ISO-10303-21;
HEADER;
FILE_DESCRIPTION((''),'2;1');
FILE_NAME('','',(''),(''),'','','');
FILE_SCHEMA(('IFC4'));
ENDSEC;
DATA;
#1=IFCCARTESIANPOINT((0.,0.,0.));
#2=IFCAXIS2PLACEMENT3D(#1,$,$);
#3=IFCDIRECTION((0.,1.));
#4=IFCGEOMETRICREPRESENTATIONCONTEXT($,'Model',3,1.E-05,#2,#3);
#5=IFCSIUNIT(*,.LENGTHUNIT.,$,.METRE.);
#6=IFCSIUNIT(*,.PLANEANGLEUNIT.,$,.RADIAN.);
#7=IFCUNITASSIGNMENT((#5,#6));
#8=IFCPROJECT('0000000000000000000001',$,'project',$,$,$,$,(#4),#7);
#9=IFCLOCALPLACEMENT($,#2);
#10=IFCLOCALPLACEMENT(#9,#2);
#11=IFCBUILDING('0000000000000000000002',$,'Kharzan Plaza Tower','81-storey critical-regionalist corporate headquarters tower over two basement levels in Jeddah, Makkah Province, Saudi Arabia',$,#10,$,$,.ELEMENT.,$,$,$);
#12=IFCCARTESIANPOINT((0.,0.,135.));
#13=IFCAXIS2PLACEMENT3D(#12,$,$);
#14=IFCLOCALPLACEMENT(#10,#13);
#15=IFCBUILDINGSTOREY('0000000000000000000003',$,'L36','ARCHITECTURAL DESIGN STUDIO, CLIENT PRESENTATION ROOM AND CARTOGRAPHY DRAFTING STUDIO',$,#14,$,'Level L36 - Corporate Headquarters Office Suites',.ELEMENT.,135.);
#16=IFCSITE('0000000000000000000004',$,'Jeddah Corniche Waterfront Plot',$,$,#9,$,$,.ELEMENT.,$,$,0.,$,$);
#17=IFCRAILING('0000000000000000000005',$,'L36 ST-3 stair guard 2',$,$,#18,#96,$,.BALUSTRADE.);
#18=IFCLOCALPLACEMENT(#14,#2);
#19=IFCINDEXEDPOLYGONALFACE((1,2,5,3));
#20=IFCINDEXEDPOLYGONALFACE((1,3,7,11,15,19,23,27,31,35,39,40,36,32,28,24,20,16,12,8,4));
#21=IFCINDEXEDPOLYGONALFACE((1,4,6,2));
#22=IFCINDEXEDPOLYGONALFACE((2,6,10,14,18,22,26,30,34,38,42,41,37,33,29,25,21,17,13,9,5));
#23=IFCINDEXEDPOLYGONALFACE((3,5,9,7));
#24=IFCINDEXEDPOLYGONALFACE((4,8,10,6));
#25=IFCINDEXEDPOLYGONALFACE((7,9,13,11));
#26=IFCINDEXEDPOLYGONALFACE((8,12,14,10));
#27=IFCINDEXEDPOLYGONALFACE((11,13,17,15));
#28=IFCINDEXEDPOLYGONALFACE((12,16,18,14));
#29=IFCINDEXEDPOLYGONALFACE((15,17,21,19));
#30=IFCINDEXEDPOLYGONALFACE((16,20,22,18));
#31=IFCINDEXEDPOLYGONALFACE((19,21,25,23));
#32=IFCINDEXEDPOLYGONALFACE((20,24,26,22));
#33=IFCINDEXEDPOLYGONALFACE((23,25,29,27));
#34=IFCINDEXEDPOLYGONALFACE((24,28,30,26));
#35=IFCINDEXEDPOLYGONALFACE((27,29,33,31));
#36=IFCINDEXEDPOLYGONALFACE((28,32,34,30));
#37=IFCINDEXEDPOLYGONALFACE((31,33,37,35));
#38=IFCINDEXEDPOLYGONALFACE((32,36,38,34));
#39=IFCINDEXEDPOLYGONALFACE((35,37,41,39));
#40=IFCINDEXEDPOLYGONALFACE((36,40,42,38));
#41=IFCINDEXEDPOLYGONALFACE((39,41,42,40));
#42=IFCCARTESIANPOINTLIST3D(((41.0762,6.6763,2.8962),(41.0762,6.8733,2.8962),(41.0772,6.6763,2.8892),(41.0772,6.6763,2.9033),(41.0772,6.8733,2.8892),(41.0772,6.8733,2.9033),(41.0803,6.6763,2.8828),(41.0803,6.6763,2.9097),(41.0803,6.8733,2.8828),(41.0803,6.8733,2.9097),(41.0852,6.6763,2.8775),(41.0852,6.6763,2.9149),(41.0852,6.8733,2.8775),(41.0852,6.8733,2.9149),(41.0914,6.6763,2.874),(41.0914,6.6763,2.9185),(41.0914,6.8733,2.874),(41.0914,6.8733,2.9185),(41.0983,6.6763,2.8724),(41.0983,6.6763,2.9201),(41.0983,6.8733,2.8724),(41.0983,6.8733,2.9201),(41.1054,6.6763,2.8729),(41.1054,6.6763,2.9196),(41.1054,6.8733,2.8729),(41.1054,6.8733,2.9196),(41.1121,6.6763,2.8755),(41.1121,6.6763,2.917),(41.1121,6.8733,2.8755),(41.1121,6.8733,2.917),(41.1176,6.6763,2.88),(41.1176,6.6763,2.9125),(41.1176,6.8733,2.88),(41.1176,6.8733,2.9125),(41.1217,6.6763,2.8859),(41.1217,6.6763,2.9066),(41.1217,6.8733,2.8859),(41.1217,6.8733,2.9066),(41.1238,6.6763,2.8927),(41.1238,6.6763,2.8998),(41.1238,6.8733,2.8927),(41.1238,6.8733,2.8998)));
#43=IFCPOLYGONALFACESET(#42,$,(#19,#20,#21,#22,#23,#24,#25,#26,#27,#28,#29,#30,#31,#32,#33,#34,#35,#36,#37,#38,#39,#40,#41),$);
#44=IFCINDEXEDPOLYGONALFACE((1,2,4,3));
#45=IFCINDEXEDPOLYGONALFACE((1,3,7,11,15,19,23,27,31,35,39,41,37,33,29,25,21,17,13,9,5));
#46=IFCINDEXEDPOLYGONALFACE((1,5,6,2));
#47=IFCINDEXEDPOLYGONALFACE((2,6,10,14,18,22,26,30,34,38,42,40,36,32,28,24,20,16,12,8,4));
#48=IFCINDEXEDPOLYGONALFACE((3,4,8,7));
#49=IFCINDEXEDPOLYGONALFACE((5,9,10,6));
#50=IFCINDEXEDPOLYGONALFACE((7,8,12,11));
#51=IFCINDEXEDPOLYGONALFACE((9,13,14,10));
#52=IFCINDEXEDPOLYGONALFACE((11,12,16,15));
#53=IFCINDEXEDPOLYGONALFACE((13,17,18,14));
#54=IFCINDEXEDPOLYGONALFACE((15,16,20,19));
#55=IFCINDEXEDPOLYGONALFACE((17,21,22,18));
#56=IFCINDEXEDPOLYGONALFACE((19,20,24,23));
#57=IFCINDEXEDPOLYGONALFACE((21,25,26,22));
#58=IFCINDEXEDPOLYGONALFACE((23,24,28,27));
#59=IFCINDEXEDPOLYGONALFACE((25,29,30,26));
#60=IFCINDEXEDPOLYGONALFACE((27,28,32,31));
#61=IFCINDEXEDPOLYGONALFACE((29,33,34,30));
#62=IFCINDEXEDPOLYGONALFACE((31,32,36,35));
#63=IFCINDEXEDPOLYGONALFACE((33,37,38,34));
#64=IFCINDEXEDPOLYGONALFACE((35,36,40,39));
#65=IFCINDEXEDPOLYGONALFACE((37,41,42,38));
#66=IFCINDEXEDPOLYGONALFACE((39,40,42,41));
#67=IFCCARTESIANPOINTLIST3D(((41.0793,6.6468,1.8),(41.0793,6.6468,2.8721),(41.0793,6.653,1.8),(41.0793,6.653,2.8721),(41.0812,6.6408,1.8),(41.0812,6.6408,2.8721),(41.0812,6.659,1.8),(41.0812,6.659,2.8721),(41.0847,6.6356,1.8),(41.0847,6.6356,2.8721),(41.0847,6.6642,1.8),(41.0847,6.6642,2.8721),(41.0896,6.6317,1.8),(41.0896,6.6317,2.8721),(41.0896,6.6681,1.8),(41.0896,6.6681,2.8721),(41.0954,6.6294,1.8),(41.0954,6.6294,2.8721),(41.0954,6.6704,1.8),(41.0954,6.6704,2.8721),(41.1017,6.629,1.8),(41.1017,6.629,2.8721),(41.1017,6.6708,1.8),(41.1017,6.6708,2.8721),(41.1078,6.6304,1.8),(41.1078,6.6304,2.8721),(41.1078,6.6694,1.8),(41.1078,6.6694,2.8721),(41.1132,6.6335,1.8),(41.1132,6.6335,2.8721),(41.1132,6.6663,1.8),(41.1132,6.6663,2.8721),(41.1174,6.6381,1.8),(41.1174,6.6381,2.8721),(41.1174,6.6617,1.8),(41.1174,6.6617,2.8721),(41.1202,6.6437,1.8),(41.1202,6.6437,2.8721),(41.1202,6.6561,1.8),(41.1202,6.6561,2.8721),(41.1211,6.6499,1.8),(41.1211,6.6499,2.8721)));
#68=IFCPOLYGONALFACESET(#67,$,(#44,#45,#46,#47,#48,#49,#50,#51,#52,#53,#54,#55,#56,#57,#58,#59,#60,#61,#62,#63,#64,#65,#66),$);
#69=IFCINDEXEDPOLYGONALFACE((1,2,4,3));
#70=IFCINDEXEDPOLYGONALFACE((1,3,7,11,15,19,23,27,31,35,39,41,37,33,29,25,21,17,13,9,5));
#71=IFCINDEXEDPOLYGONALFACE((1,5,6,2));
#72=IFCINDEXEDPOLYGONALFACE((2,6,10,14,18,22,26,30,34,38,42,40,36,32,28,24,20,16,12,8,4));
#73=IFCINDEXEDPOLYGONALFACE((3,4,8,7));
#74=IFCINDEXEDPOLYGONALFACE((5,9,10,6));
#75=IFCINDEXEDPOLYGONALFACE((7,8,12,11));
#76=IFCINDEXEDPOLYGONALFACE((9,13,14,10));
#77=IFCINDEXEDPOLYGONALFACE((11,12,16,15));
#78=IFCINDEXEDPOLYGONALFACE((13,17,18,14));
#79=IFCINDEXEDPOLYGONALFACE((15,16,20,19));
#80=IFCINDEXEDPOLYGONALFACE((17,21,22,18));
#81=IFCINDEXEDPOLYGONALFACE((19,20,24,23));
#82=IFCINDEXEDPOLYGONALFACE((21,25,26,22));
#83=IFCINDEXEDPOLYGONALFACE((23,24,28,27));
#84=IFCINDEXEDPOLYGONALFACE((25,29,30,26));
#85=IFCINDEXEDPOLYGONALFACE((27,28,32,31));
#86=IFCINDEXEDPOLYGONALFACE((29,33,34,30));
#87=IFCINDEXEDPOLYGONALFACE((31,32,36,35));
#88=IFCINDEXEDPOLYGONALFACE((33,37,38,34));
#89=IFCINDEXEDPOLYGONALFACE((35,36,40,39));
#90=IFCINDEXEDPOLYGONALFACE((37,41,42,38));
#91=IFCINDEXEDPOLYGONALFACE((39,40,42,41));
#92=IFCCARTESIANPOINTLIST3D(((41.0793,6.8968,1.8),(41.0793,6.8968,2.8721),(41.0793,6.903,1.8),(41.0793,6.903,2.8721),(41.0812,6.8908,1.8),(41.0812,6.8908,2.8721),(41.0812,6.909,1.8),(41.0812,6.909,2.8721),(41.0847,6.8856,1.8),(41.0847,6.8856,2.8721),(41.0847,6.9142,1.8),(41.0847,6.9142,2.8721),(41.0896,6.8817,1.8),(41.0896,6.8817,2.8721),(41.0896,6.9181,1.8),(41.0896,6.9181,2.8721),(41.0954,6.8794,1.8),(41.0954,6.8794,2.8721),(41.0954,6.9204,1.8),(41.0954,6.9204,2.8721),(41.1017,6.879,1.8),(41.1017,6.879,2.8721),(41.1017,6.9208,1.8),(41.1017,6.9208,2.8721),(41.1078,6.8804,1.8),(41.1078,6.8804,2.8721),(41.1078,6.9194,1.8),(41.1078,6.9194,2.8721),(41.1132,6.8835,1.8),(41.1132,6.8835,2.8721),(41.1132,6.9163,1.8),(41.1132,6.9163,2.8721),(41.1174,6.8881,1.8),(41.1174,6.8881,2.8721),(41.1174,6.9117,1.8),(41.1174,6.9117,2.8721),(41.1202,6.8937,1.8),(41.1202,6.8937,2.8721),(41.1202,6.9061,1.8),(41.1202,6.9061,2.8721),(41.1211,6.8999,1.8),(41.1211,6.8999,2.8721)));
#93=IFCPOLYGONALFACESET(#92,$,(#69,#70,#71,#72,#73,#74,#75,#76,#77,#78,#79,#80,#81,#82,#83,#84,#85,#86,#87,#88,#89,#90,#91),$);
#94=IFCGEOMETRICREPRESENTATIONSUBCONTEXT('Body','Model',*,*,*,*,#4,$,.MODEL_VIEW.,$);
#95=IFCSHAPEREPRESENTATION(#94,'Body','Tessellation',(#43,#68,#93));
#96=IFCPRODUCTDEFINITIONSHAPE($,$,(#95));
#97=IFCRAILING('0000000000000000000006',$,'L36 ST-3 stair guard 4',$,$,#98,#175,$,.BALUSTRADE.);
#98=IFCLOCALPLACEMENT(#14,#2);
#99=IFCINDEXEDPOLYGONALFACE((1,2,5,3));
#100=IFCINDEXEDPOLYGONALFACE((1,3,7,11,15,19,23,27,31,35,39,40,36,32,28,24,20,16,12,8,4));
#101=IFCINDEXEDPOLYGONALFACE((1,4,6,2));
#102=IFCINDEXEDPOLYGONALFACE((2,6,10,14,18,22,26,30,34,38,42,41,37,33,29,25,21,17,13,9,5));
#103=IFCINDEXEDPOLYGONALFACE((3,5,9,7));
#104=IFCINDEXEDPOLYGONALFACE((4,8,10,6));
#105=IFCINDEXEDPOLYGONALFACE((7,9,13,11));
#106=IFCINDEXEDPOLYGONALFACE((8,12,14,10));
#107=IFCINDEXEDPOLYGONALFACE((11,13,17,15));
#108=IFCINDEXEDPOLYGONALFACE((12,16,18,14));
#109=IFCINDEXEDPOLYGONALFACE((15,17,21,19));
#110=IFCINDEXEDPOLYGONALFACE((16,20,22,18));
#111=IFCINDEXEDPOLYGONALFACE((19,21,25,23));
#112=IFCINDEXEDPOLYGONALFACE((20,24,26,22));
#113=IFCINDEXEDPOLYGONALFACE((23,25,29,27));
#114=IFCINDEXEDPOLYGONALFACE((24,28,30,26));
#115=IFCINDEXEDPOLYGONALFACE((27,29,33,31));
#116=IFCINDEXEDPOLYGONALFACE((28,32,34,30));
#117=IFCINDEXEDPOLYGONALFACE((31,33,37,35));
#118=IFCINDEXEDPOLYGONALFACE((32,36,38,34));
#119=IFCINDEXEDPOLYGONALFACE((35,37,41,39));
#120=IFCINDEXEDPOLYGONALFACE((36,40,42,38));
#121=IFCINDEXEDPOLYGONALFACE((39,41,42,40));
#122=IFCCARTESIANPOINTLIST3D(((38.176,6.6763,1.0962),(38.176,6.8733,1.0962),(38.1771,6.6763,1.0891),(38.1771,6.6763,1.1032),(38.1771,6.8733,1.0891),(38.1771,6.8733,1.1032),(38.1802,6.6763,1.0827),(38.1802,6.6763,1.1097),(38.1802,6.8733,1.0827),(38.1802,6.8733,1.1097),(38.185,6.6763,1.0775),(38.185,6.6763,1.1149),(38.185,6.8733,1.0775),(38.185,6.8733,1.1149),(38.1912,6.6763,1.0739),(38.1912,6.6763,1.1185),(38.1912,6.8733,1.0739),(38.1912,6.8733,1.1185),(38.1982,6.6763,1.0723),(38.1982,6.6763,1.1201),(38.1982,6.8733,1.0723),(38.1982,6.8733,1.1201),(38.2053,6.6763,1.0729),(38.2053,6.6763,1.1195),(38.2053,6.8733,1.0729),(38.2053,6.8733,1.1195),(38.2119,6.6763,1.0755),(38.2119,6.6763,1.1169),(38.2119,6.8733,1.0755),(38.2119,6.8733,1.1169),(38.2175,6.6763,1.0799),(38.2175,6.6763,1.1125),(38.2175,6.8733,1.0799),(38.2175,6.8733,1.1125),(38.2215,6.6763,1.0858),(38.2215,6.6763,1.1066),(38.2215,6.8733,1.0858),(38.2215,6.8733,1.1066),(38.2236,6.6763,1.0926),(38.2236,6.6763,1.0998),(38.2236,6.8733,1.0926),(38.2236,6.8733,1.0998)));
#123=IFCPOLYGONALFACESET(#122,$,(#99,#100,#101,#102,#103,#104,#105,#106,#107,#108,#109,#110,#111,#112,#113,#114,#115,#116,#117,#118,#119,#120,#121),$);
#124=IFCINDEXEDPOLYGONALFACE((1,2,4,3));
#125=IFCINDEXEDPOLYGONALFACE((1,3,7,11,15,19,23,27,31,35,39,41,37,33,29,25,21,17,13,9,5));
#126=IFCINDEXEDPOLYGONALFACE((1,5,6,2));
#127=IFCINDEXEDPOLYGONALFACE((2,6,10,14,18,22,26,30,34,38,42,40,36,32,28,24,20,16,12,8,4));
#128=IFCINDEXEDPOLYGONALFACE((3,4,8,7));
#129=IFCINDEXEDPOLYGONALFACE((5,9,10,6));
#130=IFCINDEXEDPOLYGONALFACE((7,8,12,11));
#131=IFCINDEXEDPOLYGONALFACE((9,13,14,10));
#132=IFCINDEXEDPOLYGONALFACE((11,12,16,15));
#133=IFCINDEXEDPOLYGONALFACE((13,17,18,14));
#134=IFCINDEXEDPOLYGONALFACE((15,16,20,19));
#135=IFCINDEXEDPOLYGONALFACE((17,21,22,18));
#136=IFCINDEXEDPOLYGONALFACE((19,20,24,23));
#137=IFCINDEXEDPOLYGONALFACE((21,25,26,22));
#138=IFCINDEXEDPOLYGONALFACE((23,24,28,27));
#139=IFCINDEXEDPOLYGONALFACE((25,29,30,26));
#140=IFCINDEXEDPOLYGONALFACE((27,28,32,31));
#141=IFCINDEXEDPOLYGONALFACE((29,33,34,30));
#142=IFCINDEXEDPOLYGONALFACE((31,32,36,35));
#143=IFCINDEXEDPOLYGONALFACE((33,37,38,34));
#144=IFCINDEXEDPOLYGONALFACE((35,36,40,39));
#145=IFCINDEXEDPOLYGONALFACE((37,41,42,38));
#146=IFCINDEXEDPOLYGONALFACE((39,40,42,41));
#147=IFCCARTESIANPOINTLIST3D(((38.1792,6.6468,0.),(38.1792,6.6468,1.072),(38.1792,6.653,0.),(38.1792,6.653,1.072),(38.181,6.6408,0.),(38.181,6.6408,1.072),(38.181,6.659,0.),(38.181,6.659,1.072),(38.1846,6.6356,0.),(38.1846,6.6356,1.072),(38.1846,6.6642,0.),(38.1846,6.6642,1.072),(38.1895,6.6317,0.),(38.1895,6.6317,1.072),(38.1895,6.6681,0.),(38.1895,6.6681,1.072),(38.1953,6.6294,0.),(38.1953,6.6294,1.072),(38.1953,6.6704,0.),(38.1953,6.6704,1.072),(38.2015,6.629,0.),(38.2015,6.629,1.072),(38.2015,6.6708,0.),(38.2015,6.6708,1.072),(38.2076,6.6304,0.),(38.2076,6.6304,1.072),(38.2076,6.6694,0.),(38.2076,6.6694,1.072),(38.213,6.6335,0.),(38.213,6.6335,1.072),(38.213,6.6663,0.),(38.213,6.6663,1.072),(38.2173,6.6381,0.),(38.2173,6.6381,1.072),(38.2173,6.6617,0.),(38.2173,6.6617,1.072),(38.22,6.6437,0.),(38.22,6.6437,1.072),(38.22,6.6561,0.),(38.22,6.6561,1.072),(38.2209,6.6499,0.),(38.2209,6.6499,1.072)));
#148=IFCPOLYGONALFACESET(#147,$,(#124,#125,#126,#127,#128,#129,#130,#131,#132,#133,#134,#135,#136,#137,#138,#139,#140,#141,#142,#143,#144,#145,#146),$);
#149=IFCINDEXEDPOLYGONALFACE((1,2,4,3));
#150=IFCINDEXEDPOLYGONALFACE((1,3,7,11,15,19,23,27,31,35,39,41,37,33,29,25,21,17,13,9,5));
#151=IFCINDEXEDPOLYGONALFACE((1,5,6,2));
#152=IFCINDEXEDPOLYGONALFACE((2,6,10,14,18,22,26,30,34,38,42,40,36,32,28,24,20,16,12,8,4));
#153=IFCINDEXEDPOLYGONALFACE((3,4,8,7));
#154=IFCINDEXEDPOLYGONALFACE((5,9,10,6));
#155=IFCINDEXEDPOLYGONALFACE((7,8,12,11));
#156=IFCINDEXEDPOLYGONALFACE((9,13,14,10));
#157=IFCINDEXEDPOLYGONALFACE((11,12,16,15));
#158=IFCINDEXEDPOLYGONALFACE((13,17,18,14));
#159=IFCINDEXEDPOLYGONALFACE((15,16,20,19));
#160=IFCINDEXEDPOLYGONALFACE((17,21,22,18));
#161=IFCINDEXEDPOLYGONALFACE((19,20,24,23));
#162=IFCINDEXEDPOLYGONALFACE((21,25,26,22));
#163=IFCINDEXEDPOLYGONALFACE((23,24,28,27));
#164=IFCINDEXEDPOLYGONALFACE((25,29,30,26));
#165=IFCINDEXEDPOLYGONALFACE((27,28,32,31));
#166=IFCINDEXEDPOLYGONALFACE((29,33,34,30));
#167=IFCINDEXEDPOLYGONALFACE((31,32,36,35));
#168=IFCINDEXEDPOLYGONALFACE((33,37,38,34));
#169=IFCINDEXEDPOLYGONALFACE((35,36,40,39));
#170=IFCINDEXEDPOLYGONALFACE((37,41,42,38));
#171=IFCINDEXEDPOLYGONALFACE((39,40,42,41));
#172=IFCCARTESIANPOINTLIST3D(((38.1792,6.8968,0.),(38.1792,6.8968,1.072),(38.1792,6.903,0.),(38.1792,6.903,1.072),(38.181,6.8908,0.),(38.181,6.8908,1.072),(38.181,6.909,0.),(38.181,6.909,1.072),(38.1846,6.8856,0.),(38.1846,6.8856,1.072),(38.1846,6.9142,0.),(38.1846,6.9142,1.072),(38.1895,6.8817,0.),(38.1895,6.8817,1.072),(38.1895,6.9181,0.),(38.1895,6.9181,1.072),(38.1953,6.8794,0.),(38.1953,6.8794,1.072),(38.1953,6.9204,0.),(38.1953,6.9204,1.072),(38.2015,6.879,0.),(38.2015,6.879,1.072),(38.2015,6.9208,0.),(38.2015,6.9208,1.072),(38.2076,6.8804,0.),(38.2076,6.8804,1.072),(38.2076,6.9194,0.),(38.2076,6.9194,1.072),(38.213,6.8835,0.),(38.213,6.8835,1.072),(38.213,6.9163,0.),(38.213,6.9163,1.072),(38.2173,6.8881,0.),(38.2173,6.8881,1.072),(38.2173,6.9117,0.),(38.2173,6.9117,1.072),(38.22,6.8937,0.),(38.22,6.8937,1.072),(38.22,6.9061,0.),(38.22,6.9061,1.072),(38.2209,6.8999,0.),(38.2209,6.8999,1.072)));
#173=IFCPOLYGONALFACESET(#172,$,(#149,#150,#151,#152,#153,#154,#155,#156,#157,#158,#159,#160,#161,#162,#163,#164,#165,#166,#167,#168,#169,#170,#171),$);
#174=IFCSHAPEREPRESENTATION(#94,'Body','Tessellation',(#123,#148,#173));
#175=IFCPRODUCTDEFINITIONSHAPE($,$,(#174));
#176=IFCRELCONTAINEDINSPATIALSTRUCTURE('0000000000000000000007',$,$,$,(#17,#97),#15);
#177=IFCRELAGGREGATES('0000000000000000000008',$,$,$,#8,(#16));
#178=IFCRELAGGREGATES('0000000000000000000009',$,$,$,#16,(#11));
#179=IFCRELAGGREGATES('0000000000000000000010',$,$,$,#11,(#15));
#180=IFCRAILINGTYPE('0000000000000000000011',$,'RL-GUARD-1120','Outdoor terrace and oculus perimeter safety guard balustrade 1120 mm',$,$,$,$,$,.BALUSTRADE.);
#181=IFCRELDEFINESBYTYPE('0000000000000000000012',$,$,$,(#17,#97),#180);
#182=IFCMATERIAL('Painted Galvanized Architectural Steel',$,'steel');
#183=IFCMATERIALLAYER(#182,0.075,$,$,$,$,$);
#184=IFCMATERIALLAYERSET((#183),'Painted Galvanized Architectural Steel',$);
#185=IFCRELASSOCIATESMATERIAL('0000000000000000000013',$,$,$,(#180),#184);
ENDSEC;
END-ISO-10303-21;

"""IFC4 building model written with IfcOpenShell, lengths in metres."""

from ifc_helpers import new_model, si_unit, direction, frame, origin, origin_2d, place, context, subcontext, project, spatial, circle, extrude, source, transform, mapped, material, layer, layer_set, type_object, element, save


model = new_model("IFC4")

# Units and contexts
model_context = context("Model", 3, precision=1e-05, world=origin(), true_north=direction((0.0, 1.0)))
body_context = subcontext(model_context, "Body", "Model", "MODEL_VIEW")
ifc_project = project(units=[si_unit("LENGTHUNIT", "METRE"), si_unit("PLANEANGLEUNIT", "RADIAN")], contexts=[model_context])

# Site, building, storey
site_placement = place(None, origin())
site = spatial("IfcSite", under=ifc_project, at=site_placement, Name="Jeddah Corniche Waterfront Plot", CompositionType="ELEMENT", RefElevation=0.0)
building_placement = place(site_placement, origin())
building = spatial("IfcBuilding", under=site, at=building_placement, Name="Kharzan Plaza Tower", Description="81-storey critical-regionalist corporate headquarters tower over two basement levels in Jeddah, Makkah Province, Saudi Arabia", CompositionType="ELEMENT")
storey_placement = place(building_placement, frame((0.0, 0.0, 135.0)))
storey = spatial("IfcBuildingStorey", under=building, at=storey_placement, Name="L36", Description="ARCHITECTURAL DESIGN STUDIO, CLIENT PRESENTATION ROOM AND CARTOGRAPHY DRAFTING STUDIO", LongName="Level L36 - Corporate Headquarters Office Suites", CompositionType="ELEMENT", Elevation=135.0)

# Railings
ifc_material_1 = material(Name="Painted Galvanized Architectural Steel", Category="steel")
ifc_layer_1 = layer(ifc_material_1, 0.075)
ifc_layer_set_1 = layer_set([ifc_layer_1], Name="Painted Galvanized Architectural Steel")
railing_type_1 = type_object("IfcRailingType", Name="RL-GUARD-1120", Description="Outdoor terrace and oculus perimeter safety guard balustrade 1120 mm", PredefinedType="BALUSTRADE", material=ifc_layer_set_1)
shared_shape_1 = source(origin(), body_context, "Body", "SweptSolid", [
    extrude(circle(Radius=0.0239, at=origin_2d()), frame((0.0, 0.0264, 1.0962), z_axis=(0.0, 1.0, 0.0), x_axis=(-1.0, 0.0, 0.0)), (0.0, 0.0, 1.0), 0.197),
    extrude(circle(Radius=0.021, at=origin_2d()), origin(), (0.0, 0.0, 1.0), 1.072),
    extrude(circle(Radius=0.021, at=origin_2d()), frame((0.0, 0.25, 0.0)), (0.0, 0.0, 1.0), 1.072),
])
for number, where, name in (
    (1, (41.1001, 6.6499, 1.8), "L36 ST-3 stair guard 2"),
    (2, (38.2, 6.6499, 0.0), "L36 ST-3 stair guard 4"),
):
    element("IfcRailing", number, at=place(storey_placement, frame(where)), inside=storey, type_object=railing_type_1, Name=name, PredefinedType="BALUSTRADE", context=body_context, shape_type="MappedRepresentation", body=[
        mapped(shared_shape_1, transform((0.0, 0.0, 0.0), x_axis=(1.0, 0.0, 0.0), y_axis=(0.0, 1.0, 0.0), z_axis=(0.0, 0.0, 1.0))),
    ])

save(model, "model.ifc")
